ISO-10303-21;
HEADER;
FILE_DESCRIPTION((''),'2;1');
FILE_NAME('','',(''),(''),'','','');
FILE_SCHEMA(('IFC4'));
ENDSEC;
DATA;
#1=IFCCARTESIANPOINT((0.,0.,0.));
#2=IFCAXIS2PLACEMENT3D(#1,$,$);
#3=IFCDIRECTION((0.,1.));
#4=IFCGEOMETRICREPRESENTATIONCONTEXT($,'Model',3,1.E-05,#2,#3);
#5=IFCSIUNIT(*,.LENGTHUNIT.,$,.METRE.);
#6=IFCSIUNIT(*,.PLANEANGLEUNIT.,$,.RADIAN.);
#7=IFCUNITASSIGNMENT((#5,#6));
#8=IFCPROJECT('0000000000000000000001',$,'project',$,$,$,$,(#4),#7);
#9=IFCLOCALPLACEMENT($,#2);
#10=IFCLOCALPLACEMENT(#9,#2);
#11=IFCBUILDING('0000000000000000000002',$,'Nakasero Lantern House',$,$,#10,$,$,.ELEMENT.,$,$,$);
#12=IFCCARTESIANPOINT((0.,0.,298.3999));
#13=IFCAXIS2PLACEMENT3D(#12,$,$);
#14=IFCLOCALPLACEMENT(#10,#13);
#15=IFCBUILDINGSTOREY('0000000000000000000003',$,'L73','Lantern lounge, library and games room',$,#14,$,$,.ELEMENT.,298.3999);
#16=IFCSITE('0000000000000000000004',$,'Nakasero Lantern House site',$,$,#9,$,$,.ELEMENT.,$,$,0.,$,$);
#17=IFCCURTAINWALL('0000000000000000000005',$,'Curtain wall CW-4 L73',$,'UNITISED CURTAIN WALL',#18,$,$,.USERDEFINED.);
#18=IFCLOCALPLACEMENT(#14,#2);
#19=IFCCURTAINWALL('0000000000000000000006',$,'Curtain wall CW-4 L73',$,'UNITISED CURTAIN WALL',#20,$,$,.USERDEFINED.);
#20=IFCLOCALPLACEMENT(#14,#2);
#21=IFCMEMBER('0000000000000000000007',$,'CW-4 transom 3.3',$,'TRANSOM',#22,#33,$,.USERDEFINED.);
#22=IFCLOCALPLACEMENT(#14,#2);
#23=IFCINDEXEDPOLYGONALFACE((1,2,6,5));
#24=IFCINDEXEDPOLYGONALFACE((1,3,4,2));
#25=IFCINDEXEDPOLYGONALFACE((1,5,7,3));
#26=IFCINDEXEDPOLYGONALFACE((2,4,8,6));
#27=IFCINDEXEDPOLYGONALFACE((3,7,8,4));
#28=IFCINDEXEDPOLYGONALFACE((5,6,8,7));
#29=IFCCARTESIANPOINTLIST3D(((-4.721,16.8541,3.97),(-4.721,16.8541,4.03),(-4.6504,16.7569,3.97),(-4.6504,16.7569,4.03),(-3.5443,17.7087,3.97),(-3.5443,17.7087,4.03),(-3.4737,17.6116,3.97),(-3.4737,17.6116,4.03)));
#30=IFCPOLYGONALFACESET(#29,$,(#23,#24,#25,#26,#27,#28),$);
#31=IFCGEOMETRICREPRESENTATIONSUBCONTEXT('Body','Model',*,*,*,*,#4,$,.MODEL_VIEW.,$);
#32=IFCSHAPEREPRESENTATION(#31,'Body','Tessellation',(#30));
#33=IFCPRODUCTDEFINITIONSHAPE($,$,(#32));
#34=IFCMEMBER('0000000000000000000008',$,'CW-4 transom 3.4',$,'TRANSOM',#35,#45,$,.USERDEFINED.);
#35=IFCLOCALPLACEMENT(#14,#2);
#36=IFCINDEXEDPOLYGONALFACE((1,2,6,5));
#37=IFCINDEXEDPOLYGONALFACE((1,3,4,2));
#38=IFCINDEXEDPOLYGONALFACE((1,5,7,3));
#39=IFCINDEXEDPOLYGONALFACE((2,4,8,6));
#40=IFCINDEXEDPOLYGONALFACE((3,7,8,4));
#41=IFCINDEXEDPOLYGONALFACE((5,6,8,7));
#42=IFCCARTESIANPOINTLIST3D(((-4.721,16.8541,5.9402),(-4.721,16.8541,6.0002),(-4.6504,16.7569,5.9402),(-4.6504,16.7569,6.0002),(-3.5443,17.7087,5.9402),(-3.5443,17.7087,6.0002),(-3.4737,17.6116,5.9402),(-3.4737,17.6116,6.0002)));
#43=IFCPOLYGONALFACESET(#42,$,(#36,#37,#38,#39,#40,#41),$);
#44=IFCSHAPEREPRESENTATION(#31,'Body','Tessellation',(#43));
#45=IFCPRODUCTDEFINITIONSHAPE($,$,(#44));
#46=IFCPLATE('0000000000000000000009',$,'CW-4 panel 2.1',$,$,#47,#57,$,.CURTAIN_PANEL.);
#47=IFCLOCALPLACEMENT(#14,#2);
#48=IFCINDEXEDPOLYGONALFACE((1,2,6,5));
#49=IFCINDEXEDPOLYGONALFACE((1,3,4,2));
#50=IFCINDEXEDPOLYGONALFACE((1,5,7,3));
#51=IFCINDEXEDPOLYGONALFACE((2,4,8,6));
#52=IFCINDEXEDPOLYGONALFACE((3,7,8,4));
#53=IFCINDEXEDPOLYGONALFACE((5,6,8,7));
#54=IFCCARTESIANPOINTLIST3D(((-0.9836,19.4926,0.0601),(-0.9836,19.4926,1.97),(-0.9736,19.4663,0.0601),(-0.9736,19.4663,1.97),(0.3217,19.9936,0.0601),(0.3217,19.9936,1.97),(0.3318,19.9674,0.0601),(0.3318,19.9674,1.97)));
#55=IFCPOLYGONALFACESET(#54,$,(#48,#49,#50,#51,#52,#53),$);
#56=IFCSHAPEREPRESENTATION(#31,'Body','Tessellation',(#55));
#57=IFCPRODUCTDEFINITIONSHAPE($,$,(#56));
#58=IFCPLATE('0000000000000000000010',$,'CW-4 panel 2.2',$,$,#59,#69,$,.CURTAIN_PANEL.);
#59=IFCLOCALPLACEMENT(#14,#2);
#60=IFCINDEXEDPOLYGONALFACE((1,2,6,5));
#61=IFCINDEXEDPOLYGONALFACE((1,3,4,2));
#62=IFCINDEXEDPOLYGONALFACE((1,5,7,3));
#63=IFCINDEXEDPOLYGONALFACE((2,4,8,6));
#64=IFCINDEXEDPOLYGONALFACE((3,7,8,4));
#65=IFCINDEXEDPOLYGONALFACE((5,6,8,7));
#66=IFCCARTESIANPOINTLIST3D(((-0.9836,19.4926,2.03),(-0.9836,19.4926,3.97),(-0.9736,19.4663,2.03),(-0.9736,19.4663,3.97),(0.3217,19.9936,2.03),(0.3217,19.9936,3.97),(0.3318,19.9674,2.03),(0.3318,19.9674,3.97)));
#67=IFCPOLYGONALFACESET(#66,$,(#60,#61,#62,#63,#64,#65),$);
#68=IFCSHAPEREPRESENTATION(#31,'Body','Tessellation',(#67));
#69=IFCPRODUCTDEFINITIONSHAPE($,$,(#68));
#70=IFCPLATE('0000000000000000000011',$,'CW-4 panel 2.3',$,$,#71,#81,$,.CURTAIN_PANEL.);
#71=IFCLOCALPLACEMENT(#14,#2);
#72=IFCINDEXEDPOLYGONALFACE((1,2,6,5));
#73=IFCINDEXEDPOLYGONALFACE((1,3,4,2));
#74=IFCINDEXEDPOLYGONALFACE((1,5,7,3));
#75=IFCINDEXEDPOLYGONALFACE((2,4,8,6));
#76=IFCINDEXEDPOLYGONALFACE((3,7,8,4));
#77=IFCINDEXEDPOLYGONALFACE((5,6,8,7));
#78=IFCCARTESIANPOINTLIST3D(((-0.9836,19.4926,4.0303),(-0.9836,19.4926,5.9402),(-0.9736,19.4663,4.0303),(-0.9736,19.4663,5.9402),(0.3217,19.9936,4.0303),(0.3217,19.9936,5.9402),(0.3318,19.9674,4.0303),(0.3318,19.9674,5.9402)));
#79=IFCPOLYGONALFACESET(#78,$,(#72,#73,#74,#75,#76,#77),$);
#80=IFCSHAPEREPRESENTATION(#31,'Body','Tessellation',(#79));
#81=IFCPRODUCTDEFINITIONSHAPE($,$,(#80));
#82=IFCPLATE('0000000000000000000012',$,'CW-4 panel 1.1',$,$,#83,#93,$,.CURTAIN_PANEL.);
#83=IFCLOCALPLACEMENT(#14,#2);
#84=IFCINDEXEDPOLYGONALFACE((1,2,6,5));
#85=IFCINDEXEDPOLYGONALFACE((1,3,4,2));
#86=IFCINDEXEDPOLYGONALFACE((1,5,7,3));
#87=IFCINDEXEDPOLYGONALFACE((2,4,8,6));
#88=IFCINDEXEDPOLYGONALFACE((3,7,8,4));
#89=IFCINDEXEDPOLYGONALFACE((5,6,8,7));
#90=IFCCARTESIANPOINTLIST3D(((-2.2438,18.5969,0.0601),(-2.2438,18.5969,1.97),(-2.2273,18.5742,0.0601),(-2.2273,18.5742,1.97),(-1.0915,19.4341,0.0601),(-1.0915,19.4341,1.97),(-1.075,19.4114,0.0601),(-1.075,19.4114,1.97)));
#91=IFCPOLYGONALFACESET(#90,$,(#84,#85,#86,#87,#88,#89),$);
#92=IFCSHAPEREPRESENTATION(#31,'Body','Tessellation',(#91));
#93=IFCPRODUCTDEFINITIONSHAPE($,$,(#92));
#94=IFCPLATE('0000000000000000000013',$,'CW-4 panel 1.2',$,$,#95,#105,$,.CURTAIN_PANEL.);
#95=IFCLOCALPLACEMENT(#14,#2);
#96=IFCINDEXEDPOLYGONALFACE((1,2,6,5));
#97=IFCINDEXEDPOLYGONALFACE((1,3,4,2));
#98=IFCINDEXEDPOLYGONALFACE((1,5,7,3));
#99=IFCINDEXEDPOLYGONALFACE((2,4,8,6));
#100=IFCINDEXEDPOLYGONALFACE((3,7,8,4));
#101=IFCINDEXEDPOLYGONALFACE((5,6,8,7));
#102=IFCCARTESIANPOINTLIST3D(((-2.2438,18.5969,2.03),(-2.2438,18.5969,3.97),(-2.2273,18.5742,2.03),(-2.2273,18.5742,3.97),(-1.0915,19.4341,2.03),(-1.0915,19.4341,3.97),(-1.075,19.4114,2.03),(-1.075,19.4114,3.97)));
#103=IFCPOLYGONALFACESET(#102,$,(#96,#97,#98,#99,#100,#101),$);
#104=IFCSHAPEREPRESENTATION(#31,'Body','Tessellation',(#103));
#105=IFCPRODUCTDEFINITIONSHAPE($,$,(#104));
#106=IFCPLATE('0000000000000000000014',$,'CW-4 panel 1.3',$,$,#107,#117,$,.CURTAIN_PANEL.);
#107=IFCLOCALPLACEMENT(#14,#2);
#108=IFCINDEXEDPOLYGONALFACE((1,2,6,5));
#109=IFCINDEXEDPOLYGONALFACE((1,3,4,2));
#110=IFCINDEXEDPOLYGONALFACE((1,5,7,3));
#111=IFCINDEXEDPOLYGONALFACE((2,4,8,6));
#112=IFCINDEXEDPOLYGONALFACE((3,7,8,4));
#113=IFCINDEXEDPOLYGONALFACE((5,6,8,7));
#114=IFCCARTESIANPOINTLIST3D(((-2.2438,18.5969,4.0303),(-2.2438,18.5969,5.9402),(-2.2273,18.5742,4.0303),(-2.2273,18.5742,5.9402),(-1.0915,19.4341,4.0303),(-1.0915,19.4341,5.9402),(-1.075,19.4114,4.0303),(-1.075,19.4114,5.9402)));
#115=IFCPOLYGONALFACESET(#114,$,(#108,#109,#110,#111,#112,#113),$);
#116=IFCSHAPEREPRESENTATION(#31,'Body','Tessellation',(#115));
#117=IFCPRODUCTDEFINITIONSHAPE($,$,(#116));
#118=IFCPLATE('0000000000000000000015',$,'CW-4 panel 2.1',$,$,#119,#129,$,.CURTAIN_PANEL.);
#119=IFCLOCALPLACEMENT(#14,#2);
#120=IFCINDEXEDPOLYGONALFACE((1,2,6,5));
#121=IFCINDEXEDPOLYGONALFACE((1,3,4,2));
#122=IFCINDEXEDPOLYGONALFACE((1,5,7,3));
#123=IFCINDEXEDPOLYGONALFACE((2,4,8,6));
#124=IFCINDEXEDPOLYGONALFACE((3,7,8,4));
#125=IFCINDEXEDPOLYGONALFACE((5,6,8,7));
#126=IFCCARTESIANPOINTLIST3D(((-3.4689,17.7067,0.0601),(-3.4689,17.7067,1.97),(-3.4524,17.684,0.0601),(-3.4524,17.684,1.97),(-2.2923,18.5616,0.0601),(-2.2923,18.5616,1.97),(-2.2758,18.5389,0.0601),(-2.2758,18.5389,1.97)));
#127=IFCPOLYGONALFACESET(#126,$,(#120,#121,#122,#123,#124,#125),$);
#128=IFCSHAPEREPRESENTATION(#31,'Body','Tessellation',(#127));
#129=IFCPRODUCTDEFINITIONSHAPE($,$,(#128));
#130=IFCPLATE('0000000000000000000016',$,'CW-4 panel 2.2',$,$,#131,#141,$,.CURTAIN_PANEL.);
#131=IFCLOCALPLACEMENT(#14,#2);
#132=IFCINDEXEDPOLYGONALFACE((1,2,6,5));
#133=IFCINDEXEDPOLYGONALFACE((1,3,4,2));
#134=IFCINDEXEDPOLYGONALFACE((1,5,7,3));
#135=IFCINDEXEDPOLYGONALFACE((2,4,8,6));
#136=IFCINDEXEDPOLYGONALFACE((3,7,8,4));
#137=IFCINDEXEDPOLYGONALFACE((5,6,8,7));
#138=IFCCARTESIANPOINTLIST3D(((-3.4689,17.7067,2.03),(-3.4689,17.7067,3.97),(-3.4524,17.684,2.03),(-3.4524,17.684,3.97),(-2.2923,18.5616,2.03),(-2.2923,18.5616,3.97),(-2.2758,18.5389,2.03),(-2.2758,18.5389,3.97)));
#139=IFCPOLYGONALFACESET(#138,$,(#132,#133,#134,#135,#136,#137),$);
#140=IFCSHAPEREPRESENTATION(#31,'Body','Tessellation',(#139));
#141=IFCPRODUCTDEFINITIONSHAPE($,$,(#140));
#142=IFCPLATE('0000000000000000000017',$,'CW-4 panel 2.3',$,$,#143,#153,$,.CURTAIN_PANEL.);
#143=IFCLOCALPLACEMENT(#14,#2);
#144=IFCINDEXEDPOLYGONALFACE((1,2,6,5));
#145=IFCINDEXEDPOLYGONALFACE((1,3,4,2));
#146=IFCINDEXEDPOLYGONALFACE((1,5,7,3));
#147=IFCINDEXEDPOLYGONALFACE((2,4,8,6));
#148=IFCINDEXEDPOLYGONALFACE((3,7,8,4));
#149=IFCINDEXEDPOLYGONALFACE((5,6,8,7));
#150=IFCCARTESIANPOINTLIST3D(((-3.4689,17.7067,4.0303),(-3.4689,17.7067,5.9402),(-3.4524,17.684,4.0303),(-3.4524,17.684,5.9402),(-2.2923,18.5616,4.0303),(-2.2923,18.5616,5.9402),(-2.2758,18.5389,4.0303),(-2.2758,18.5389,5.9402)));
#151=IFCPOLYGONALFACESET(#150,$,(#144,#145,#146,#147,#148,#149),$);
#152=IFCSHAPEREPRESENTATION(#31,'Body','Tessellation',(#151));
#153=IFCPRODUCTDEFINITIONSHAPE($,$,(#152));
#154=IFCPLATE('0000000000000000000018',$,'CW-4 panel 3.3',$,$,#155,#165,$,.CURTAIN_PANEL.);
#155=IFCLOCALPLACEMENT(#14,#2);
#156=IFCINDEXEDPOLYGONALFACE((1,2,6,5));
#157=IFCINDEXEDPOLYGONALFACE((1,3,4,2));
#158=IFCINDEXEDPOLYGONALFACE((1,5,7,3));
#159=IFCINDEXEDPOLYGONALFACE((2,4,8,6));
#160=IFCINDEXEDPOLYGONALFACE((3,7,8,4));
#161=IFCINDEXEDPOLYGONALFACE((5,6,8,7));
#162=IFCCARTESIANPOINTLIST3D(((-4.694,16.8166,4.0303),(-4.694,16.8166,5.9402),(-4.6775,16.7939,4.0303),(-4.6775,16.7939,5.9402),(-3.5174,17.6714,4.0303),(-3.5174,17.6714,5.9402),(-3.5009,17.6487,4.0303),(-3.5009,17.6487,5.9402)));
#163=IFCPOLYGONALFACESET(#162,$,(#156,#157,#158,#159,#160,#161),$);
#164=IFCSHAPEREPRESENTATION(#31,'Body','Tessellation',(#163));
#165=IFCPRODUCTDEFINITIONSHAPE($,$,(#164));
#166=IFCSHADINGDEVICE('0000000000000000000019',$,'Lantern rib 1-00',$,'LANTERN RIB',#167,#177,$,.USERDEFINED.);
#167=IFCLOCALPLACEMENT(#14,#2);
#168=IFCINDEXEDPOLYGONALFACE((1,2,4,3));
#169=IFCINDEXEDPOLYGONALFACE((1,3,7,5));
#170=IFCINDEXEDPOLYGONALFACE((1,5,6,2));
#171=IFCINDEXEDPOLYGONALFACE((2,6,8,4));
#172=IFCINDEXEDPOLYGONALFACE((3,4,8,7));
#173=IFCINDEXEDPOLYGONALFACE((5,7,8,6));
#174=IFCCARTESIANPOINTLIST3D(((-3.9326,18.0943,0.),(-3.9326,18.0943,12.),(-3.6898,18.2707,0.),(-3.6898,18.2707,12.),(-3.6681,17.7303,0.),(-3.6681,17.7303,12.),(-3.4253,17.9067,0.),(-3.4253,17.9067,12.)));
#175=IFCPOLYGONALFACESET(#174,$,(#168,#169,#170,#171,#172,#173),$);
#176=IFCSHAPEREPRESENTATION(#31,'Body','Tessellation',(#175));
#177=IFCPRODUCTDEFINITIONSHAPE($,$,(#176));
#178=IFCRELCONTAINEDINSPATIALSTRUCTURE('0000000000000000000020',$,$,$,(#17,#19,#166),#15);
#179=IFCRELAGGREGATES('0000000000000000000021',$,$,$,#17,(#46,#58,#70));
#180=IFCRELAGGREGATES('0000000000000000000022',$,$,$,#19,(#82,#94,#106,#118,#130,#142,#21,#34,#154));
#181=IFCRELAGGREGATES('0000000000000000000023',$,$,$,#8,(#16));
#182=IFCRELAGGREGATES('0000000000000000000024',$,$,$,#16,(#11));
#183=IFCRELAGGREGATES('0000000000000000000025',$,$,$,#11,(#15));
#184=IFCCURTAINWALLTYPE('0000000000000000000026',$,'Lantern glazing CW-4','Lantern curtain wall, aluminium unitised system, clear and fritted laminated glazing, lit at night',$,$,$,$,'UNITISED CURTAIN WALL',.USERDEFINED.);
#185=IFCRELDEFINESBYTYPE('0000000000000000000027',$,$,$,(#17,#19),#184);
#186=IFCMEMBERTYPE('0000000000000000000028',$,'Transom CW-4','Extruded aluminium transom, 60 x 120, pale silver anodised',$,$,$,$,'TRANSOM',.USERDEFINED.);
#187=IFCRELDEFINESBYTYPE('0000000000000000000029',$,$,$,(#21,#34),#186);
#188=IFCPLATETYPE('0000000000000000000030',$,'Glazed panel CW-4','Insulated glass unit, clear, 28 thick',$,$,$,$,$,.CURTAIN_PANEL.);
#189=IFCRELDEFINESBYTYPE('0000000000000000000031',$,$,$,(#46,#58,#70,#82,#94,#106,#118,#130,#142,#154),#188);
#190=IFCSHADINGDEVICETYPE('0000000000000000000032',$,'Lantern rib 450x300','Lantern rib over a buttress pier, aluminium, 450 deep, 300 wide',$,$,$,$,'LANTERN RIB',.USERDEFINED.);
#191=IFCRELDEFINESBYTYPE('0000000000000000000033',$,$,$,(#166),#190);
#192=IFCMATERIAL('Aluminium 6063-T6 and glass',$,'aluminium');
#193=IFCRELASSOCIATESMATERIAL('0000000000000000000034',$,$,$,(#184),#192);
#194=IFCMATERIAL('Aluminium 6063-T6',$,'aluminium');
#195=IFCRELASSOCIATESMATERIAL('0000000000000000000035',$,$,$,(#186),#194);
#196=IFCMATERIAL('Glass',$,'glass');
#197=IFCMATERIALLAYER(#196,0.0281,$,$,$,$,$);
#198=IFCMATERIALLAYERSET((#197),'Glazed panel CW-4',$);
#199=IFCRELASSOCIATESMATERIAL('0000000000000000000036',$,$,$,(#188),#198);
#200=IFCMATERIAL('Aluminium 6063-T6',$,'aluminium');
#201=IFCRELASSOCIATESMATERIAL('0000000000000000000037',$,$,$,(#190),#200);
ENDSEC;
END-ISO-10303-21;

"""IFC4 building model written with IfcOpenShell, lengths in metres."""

from ifc_helpers import new_model, si_unit, direction, frame, origin, origin_2d, place, context, subcontext, project, spatial, rectangle, extrude, material, layer, layer_set, material_profile, profile_set, type_object, element, aggregate, save


model = new_model("IFC4")

# Units and contexts
model_context = context("Model", 3, precision=1e-05, world=origin(), true_north=direction((0.0, 1.0)))
body_context = subcontext(model_context, "Body", "Model", "MODEL_VIEW")
ifc_project = project(units=[si_unit("LENGTHUNIT", "METRE"), si_unit("PLANEANGLEUNIT", "RADIAN")], contexts=[model_context])

# Site, building, storey
site_placement = place(None, origin())
site = spatial("IfcSite", under=ifc_project, at=site_placement, Name="Nakasero Lantern House site", CompositionType="ELEMENT", RefElevation=0.0)
building_placement = place(site_placement, origin())
building = spatial("IfcBuilding", under=site, at=building_placement, Name="Nakasero Lantern House", CompositionType="ELEMENT")
storey_placement = place(building_placement, frame((0.0, 0.0, 298.3999)))
storey = spatial("IfcBuildingStorey", under=building, at=storey_placement, Name="L73", Description="Lantern lounge, library and games room", CompositionType="ELEMENT", Elevation=298.3999)

# Curtain wall
ifc_material_1 = material(Name="Aluminium 6063-T6 and glass", Category="aluminium")
curtain_wall_type = type_object("IfcCurtainWallType", Name="Lantern glazing CW-4", Description="Lantern curtain wall, aluminium unitised system, clear and fritted laminated glazing, lit at night", ElementType="UNITISED CURTAIN WALL", PredefinedType="USERDEFINED", material=ifc_material_1)
curtain_wall_1_placement = place(storey_placement, origin())
curtain_wall_1 = element("IfcCurtainWall", 1, at=curtain_wall_1_placement, inside=storey, type_object=curtain_wall_type, Name="Curtain wall CW-4 L73", ObjectType="UNITISED CURTAIN WALL", PredefinedType="USERDEFINED")

# Curtain wall, members
curtain_wall_2_placement = place(storey_placement, origin())
curtain_wall_2 = element("IfcCurtainWall", 2, at=curtain_wall_2_placement, inside=storey, type_object=curtain_wall_type, Name="Curtain wall CW-4 L73", ObjectType="UNITISED CURTAIN WALL", PredefinedType="USERDEFINED")
ifc_material_2 = material(Name="Aluminium 6063-T6", Category="aluminium")
ifc_material_profile_1 = material_profile(ifc_material_2, rectangle(XDim=0.0601, YDim=0.1201, at=origin_2d()), Name="CW-4 transom 60x120")
ifc_profile_set_1 = profile_set([ifc_material_profile_1], Name="Aluminium 6063-T6")
member_type_1 = type_object("IfcMemberType", Name="Transom CW-4", Description="Extruded aluminium transom, 60 x 120, pale silver anodised", ElementType="TRANSOM", PredefinedType="USERDEFINED", material=ifc_profile_set_1)
member_1_placement = place(storey_placement, frame((-3.509, 17.6602, 4.0), z_axis=(-0.809092, -0.587683, 0.0), x_axis=(0.0, 0.0, 1.0)))
member_1 = element("IfcMember", 3, at=member_1_placement, type_object=member_type_1, Name="CW-4 transom 3.3", ObjectType="TRANSOM", PredefinedType="USERDEFINED", context=body_context, shape_type="SweptSolid", body=[
    extrude(rectangle(XDim=0.0601, YDim=0.1201, at=origin_2d()), origin(), (0.0, 0.0, 1.0), 1.4543),
])
member_2_placement = place(storey_placement, frame((-3.509, 17.6602, 5.9702), z_axis=(-0.809092, -0.587683, 0.0), x_axis=(0.0, 0.0, 1.0)))
member_2 = element("IfcMember", 4, at=member_2_placement, type_object=member_type_1, Name="CW-4 transom 3.4", ObjectType="TRANSOM", PredefinedType="USERDEFINED", context=body_context, shape_type="SweptSolid", body=[
    extrude(rectangle(XDim=0.0601, YDim=0.1201, at=origin_2d()), origin(), (0.0, 0.0, 1.0), 1.4543),
])

# Plates
ifc_material_3 = material(Name="Glass", Category="glass")
ifc_layer = layer(ifc_material_3, 0.0281)
ifc_layer_set = layer_set([ifc_layer], Name="Glazed panel CW-4")
plate_type = type_object("IfcPlateType", Name="Glazed panel CW-4", Description="Insulated glass unit, clear, 28 thick", PredefinedType="CURTAIN_PANEL", material=ifc_layer_set)
plate_1_placement = place(storey_placement, frame((-0.3259, 19.73, 0.0601), z_axis=(0.0, 0.0, 1.0), x_axis=(-0.93358, -0.358368, 0.0)))
plate_1 = element("IfcPlate", 5, at=plate_1_placement, type_object=plate_type, Name="CW-4 panel 2.1", PredefinedType="CURTAIN_PANEL", context=body_context, shape_type="SweptSolid", body=[
    extrude(rectangle(XDim=1.3982, YDim=0.0281, at=origin_2d()), origin(), (0.0, 0.0, 1.0), 1.9099),
])
plate_2_placement = place(storey_placement, frame((-0.3259, 19.73, 2.03), z_axis=(0.0, 0.0, 1.0), x_axis=(-0.93358, -0.358368, 0.0)))
plate_2 = element("IfcPlate", 6, at=plate_2_placement, type_object=plate_type, Name="CW-4 panel 2.2", PredefinedType="CURTAIN_PANEL", context=body_context, shape_type="SweptSolid", body=[
    extrude(rectangle(XDim=1.3982, YDim=0.0281, at=origin_2d()), origin(), (0.0, 0.0, 1.0), 1.9399),
])
plate_3_placement = place(storey_placement, frame((-0.3259, 19.73, 4.0303), z_axis=(0.0, 0.0, 1.0), x_axis=(-0.93358, -0.358368, 0.0)))
plate_3 = element("IfcPlate", 7, at=plate_3_placement, type_object=plate_type, Name="CW-4 panel 2.3", PredefinedType="CURTAIN_PANEL", context=body_context, shape_type="SweptSolid", body=[
    extrude(rectangle(XDim=1.3982, YDim=0.0281, at=origin_2d()), origin(), (0.0, 0.0, 1.0), 1.9099),
])
aggregate(curtain_wall_1, [plate_1, plate_2, plate_3])
plate_4_placement = place(storey_placement, frame((-1.6594, 19.0042, 0.0601), z_axis=(0.0, 0.0, 1.0), x_axis=(-0.809017, -0.587785, 0.0)))
plate_4 = element("IfcPlate", 8, at=plate_4_placement, type_object=plate_type, Name="CW-4 panel 1.1", PredefinedType="CURTAIN_PANEL", context=body_context, shape_type="SweptSolid", body=[
    extrude(rectangle(XDim=1.4243, YDim=0.0281, at=origin_2d()), origin(), (0.0, 0.0, 1.0), 1.9099),
])
plate_5_placement = place(storey_placement, frame((-1.6594, 19.0042, 2.03), z_axis=(0.0, 0.0, 1.0), x_axis=(-0.809017, -0.587785, 0.0)))
plate_5 = element("IfcPlate", 9, at=plate_5_placement, type_object=plate_type, Name="CW-4 panel 1.2", PredefinedType="CURTAIN_PANEL", context=body_context, shape_type="SweptSolid", body=[
    extrude(rectangle(XDim=1.4243, YDim=0.0281, at=origin_2d()), origin(), (0.0, 0.0, 1.0), 1.9399),
])
plate_6_placement = place(storey_placement, frame((-1.6594, 19.0042, 4.0303), z_axis=(0.0, 0.0, 1.0), x_axis=(-0.809017, -0.587785, 0.0)))
plate_6 = element("IfcPlate", 10, at=plate_6_placement, type_object=plate_type, Name="CW-4 panel 1.3", PredefinedType="CURTAIN_PANEL", context=body_context, shape_type="SweptSolid", body=[
    extrude(rectangle(XDim=1.4243, YDim=0.0281, at=origin_2d()), origin(), (0.0, 0.0, 1.0), 1.9099),
])
plate_7_placement = place(storey_placement, frame((-2.8723, 18.1228, 0.0601), z_axis=(0.0, 0.0, 1.0), x_axis=(-0.809017, -0.587785, 0.0)))
plate_7 = element("IfcPlate", 11, at=plate_7_placement, type_object=plate_type, Name="CW-4 panel 2.1", PredefinedType="CURTAIN_PANEL", context=body_context, shape_type="SweptSolid", body=[
    extrude(rectangle(XDim=1.4543, YDim=0.0281, at=origin_2d()), origin(), (0.0, 0.0, 1.0), 1.9099),
])
plate_8_placement = place(storey_placement, frame((-2.8723, 18.1228, 2.03), z_axis=(0.0, 0.0, 1.0), x_axis=(-0.809017, -0.587785, 0.0)))
plate_8 = element("IfcPlate", 12, at=plate_8_placement, type_object=plate_type, Name="CW-4 panel 2.2", PredefinedType="CURTAIN_PANEL", context=body_context, shape_type="SweptSolid", body=[
    extrude(rectangle(XDim=1.4543, YDim=0.0281, at=origin_2d()), origin(), (0.0, 0.0, 1.0), 1.9399),
])
plate_9_placement = place(storey_placement, frame((-2.8723, 18.1228, 4.0303), z_axis=(0.0, 0.0, 1.0), x_axis=(-0.809017, -0.587785, 0.0)))
plate_9 = element("IfcPlate", 13, at=plate_9_placement, type_object=plate_type, Name="CW-4 panel 2.3", PredefinedType="CURTAIN_PANEL", context=body_context, shape_type="SweptSolid", body=[
    extrude(rectangle(XDim=1.4543, YDim=0.0281, at=origin_2d()), origin(), (0.0, 0.0, 1.0), 1.9099),
])
plate_10_placement = place(storey_placement, frame((-4.0974, 17.2327, 4.0303), z_axis=(0.0, 0.0, 1.0), x_axis=(-0.809017, -0.587785, 0.0)))
plate_10 = element("IfcPlate", 14, at=plate_10_placement, type_object=plate_type, Name="CW-4 panel 3.3", PredefinedType="CURTAIN_PANEL", context=body_context, shape_type="SweptSolid", body=[
    extrude(rectangle(XDim=1.4543, YDim=0.0281, at=origin_2d()), origin(), (0.0, 0.0, 1.0), 1.9099),
])
aggregate(curtain_wall_2, [plate_4, plate_5, plate_6, plate_7, plate_8, plate_9, member_1, member_2, plate_10])

# Shading device
ifc_material_4 = material(Name="Aluminium 6063-T6", Category="aluminium")
shading_device_type = type_object("IfcShadingDeviceType", Name="Lantern rib 450x300", Description="Lantern rib over a buttress pier, aluminium, 450 deep, 300 wide", ElementType="LANTERN RIB", PredefinedType="USERDEFINED", material=ifc_material_4)
shading_device_placement = place(storey_placement, frame((-3.679, 18.0005, 0.0), z_axis=(0.0, 0.0, 1.0), x_axis=(-0.587785, 0.809017, 0.0)))
element("IfcShadingDevice", 15, at=shading_device_placement, inside=storey, type_object=shading_device_type, Name="Lantern rib 1-00", ObjectType="LANTERN RIB", PredefinedType="USERDEFINED", context=body_context, shape_type="SweptSolid", body=[
    extrude(rectangle(XDim=0.45, YDim=0.3, at=origin_2d()), origin(), (0.0, 0.0, 1.0), 12.0),
])

save(model, "model.ifc")
